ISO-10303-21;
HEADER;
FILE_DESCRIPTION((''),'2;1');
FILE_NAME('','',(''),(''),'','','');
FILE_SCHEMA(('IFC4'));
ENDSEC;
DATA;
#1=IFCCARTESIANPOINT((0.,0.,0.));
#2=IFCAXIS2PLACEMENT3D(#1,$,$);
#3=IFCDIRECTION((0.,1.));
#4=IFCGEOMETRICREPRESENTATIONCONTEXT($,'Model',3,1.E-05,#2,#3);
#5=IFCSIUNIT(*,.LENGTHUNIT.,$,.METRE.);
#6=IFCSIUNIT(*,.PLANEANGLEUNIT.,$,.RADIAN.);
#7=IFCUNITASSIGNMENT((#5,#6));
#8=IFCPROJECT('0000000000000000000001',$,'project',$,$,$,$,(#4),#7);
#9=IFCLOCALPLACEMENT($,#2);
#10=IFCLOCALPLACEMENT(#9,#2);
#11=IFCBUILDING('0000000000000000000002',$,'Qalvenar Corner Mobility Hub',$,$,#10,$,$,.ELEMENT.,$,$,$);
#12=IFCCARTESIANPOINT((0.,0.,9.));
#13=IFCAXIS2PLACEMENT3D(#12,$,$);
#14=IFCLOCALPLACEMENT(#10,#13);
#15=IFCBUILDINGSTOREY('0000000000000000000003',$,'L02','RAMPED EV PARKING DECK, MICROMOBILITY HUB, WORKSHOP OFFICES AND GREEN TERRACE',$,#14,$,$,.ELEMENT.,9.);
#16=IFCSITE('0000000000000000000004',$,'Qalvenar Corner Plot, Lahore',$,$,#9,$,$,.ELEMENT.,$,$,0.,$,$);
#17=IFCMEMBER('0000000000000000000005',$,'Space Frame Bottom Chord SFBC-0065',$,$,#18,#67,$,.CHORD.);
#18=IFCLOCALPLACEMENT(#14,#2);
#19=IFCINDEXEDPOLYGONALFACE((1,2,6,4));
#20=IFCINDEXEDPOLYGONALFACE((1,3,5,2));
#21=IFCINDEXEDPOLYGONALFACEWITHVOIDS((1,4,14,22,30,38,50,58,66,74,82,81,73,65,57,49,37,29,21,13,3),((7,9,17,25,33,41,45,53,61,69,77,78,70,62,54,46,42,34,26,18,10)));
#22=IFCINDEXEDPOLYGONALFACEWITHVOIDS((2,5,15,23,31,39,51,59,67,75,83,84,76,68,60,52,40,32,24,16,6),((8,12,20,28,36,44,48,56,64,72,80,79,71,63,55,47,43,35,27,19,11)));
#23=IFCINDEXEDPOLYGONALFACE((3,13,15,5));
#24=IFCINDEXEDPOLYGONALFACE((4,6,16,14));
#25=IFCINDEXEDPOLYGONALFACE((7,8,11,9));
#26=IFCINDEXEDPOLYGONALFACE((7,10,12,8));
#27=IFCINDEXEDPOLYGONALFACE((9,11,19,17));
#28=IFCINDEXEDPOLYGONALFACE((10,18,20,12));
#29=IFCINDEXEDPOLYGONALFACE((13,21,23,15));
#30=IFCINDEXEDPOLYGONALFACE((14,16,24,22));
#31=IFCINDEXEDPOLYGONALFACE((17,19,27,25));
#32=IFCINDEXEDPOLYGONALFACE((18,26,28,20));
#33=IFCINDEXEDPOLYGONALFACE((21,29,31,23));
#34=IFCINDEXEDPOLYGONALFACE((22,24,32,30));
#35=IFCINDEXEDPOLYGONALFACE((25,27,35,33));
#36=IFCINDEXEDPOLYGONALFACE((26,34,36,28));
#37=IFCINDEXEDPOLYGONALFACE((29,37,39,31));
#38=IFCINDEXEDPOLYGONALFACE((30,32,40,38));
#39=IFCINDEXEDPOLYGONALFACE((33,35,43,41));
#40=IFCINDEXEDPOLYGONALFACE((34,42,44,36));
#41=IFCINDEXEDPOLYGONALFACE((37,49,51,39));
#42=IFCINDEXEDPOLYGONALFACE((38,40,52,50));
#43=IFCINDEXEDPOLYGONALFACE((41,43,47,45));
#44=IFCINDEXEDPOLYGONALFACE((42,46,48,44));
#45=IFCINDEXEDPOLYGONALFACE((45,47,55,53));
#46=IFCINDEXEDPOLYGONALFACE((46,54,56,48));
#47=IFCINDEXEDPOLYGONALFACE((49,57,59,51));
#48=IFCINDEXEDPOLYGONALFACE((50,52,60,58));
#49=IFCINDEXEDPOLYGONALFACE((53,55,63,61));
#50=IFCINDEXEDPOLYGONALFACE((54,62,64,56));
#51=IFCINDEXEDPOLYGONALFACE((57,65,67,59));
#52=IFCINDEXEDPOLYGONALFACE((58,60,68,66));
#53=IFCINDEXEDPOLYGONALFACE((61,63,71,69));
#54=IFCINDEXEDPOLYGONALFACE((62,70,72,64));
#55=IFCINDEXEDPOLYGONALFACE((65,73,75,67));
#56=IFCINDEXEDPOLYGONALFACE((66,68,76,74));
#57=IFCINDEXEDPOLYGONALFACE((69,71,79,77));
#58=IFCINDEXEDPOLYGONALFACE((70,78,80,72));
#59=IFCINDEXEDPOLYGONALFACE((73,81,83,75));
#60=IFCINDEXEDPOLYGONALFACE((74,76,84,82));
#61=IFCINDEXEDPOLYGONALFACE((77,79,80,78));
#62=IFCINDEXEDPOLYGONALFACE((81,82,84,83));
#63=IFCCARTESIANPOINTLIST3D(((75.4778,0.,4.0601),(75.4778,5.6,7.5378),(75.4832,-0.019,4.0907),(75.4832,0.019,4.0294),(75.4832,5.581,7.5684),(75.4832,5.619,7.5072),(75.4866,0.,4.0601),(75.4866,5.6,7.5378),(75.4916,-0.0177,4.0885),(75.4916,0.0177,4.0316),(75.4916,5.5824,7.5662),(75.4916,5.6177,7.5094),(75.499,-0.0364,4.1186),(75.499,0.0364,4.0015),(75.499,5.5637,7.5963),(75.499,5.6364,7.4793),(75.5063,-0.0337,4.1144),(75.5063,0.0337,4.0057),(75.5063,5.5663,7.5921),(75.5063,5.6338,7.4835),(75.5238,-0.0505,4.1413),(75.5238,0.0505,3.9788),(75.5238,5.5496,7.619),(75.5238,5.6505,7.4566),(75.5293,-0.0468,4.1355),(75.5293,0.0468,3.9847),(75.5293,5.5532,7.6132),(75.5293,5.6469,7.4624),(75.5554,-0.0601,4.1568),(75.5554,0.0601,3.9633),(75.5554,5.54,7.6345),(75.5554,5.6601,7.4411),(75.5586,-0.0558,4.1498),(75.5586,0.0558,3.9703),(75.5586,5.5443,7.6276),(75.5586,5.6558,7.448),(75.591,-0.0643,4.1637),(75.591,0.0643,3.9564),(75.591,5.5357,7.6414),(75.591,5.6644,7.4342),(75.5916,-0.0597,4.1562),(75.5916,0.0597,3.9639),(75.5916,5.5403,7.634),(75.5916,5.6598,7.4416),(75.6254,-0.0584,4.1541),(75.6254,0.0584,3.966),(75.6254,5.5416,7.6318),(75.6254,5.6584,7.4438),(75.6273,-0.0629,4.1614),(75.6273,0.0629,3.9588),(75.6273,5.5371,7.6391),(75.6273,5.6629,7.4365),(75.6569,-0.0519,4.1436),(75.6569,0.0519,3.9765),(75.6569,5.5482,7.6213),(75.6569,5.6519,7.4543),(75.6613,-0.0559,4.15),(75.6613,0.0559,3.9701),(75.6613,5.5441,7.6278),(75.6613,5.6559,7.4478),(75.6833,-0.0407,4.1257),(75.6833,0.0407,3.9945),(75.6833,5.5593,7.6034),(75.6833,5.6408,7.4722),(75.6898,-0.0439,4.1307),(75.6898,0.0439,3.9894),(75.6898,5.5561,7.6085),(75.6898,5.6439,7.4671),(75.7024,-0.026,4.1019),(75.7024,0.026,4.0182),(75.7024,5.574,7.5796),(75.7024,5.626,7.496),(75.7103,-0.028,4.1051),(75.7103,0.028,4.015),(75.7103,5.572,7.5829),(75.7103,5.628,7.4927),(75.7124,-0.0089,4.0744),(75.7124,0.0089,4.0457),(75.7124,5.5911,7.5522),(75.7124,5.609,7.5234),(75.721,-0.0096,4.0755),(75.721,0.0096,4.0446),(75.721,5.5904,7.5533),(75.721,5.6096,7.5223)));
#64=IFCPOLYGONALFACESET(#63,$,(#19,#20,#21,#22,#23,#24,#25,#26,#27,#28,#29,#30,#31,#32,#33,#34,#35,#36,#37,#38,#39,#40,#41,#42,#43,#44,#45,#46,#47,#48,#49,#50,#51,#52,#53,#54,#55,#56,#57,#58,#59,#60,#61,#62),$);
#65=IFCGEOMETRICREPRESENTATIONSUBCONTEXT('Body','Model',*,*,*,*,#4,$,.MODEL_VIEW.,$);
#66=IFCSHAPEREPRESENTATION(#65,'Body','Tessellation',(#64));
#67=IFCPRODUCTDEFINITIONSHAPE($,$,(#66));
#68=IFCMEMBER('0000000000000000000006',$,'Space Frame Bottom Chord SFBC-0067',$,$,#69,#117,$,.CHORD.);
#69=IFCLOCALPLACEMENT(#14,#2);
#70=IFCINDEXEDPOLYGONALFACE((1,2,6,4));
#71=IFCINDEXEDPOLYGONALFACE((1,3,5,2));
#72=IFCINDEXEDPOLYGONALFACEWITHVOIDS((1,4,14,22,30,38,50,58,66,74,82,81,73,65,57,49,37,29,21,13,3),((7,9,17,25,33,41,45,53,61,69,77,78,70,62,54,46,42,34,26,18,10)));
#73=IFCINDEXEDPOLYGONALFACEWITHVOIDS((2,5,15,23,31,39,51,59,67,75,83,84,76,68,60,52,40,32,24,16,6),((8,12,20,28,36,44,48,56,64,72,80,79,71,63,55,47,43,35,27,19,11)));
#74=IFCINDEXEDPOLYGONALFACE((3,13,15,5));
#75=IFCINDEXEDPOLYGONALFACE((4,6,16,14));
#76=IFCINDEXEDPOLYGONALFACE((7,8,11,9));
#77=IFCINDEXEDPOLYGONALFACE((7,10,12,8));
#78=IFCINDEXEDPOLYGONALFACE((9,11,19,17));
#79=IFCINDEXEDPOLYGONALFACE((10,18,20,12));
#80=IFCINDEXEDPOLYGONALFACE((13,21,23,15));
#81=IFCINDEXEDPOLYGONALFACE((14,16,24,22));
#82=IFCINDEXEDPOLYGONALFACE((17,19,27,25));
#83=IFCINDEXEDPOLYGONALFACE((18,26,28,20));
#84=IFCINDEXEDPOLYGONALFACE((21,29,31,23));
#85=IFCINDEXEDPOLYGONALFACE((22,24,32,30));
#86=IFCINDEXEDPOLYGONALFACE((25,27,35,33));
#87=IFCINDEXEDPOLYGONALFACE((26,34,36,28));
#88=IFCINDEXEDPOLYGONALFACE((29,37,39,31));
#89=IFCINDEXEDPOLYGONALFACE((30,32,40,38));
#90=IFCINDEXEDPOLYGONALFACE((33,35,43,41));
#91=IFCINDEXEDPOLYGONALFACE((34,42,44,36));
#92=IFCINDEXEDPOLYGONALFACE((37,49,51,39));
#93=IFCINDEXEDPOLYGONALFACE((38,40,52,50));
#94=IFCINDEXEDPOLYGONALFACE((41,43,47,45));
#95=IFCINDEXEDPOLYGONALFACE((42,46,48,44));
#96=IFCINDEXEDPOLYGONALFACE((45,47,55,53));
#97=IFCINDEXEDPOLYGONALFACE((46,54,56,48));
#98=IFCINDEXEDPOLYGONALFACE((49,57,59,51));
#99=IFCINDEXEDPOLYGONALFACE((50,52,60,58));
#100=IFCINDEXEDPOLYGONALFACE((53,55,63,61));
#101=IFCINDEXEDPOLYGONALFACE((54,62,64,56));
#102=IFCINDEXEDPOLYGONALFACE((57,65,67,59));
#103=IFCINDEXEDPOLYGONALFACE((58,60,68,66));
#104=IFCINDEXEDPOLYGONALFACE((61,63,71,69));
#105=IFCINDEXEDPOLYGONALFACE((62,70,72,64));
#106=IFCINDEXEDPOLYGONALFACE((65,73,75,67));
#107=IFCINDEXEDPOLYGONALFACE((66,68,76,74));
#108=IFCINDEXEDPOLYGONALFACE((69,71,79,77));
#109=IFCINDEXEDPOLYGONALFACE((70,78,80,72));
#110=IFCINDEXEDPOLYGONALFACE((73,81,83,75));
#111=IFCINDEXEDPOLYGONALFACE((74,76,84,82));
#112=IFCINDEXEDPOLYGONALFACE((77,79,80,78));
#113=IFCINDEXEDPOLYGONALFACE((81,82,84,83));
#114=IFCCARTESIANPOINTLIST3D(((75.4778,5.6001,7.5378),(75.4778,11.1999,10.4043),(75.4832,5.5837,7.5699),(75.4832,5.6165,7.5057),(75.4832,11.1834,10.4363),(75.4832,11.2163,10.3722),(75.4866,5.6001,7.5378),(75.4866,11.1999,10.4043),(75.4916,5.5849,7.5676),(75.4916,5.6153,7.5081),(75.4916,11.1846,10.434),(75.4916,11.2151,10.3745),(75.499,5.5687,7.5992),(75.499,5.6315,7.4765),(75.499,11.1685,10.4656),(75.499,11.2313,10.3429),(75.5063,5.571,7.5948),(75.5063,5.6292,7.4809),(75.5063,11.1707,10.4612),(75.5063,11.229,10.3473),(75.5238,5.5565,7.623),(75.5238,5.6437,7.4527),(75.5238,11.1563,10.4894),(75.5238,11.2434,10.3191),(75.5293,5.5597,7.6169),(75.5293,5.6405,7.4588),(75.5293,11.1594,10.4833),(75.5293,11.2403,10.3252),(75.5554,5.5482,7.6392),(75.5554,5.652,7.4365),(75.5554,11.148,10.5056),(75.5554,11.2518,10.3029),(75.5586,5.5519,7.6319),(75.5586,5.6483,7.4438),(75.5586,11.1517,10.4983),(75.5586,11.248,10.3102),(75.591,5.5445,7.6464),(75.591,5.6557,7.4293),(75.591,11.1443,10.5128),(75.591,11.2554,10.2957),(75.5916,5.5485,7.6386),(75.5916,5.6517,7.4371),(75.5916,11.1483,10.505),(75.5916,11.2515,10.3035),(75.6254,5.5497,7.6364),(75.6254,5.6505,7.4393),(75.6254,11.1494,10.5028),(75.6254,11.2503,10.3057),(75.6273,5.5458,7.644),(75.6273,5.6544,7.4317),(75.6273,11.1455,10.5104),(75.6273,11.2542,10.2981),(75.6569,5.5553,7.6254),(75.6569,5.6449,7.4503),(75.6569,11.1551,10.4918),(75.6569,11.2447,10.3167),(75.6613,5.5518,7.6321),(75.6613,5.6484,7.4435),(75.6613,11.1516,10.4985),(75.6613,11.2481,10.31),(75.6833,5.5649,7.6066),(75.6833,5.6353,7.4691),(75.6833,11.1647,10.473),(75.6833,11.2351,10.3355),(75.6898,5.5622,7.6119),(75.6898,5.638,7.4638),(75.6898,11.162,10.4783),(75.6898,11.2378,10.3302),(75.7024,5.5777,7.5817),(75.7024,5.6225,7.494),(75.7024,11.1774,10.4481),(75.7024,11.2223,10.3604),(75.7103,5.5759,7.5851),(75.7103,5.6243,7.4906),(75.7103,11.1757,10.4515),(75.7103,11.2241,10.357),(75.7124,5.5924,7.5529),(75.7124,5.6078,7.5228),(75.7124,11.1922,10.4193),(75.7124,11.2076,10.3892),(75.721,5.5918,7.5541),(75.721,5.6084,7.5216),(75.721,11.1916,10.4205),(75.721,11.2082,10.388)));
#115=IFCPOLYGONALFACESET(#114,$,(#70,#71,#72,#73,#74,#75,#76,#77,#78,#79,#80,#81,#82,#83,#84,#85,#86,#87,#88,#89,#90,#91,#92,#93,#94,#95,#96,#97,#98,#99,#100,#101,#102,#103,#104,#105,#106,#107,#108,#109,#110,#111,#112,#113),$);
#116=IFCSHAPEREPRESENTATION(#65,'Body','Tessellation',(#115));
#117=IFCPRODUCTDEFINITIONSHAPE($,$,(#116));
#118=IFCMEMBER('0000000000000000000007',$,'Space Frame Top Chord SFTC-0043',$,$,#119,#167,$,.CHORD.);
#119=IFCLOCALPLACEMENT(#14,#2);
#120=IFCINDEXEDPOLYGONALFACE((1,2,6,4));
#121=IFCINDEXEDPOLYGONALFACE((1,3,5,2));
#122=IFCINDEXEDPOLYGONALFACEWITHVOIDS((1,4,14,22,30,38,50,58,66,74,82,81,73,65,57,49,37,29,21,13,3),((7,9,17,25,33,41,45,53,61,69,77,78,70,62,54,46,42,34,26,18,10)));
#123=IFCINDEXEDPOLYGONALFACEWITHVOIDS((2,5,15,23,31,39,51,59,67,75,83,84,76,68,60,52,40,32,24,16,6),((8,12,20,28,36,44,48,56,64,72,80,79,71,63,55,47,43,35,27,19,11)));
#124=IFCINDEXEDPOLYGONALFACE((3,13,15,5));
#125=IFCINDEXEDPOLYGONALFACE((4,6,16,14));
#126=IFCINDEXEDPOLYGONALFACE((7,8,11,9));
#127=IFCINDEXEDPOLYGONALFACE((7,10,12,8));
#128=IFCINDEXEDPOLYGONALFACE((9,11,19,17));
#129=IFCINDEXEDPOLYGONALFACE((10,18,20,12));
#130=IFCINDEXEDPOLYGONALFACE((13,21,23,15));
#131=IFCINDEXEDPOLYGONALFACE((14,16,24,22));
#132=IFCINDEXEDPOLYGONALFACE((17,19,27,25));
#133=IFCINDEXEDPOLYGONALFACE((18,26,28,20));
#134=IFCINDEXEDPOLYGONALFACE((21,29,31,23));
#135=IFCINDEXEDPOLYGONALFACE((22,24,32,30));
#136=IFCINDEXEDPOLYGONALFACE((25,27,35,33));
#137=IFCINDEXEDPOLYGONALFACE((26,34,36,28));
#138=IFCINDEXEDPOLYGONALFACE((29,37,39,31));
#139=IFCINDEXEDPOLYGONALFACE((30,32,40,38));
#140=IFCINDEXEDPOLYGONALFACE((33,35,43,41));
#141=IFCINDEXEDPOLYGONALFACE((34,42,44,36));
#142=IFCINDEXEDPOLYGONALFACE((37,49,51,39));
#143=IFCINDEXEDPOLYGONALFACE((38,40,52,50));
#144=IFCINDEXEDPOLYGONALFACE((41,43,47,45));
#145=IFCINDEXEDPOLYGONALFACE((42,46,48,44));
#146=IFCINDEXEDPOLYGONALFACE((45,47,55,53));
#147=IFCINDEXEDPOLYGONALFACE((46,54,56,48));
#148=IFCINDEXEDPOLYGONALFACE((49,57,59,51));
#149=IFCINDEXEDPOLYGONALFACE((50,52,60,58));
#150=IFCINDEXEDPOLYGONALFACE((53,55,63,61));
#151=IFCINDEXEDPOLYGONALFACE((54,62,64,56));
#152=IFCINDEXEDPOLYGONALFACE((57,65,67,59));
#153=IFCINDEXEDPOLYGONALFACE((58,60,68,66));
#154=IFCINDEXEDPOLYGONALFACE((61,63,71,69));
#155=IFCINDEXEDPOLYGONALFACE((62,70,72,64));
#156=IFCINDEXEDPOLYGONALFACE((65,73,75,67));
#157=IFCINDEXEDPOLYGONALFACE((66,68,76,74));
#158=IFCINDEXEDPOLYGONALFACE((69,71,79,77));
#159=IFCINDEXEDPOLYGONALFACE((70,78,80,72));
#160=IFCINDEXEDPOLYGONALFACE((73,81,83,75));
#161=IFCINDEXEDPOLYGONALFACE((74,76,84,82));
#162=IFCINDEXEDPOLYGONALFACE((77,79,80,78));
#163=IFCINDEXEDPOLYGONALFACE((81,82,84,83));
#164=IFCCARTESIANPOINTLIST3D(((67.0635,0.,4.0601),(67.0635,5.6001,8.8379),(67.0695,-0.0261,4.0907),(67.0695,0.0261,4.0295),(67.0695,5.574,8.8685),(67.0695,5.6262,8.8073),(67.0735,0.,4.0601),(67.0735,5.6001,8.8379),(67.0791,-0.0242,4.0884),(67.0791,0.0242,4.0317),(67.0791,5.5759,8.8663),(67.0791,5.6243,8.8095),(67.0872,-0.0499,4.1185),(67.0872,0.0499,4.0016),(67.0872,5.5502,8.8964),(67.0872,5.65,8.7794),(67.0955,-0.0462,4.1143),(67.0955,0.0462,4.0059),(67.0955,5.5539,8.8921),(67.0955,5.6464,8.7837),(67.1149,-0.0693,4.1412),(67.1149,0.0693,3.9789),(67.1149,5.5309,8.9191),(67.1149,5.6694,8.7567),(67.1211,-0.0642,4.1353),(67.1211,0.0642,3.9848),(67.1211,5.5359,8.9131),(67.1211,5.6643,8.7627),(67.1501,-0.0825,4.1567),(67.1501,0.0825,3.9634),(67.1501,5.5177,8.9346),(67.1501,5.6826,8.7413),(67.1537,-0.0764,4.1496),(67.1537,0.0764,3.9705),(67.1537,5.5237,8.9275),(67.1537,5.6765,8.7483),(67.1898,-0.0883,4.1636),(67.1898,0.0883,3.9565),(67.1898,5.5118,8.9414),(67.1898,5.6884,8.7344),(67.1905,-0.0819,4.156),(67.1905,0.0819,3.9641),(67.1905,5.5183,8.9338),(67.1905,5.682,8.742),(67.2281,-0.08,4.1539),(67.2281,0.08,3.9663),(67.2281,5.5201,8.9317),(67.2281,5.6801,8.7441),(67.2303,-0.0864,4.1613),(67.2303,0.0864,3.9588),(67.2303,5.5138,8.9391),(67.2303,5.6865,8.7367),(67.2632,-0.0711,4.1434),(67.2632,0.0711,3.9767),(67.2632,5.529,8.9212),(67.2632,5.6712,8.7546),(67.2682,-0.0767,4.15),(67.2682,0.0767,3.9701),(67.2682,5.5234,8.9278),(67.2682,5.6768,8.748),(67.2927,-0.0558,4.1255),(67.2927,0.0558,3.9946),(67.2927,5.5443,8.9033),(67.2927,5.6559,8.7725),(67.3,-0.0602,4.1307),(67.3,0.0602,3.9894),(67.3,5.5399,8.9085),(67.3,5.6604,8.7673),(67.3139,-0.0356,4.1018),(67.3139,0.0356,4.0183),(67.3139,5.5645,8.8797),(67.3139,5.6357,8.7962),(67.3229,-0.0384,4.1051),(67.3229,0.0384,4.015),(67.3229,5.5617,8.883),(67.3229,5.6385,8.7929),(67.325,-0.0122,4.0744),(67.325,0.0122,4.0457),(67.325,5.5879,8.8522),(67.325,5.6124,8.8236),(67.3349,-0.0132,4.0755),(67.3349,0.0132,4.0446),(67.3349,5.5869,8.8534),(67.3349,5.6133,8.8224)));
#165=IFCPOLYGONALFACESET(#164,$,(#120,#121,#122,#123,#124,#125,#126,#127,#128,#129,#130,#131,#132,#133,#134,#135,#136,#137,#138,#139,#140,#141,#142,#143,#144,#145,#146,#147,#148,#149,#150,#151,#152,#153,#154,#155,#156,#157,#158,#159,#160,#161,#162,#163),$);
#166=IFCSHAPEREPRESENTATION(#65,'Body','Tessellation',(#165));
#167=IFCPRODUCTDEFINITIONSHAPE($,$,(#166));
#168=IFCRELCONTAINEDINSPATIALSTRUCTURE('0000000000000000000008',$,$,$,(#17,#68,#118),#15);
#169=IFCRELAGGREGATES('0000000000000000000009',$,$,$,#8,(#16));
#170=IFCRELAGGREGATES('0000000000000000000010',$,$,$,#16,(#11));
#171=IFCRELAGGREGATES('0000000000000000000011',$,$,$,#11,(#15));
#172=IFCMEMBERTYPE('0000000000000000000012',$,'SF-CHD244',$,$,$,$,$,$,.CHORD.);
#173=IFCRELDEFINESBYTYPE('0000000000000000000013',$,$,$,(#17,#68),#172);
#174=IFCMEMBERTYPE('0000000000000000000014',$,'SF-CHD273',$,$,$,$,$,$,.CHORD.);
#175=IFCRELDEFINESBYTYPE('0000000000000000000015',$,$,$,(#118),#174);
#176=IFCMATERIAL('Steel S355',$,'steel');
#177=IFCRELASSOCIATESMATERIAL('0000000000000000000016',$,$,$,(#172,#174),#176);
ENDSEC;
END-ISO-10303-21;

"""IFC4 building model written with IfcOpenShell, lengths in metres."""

from ifc_helpers import new_model, si_unit, direction, frame, origin, origin_2d, place, context, subcontext, project, spatial, hollow_circle, extrude, material, material_profile, profile_set, type_object, element, save


model = new_model("IFC4")

# Units and contexts
model_context = context("Model", 3, precision=1e-05, world=origin(), true_north=direction((0.0, 1.0)))
body_context = subcontext(model_context, "Body", "Model", "MODEL_VIEW")
ifc_project = project(units=[si_unit("LENGTHUNIT", "METRE"), si_unit("PLANEANGLEUNIT", "RADIAN")], contexts=[model_context])

# Site, building, storey
site_placement = place(None, origin())
site = spatial("IfcSite", under=ifc_project, at=site_placement, Name="Qalvenar Corner Plot, Lahore", CompositionType="ELEMENT", RefElevation=0.0)
building_placement = place(site_placement, origin())
building = spatial("IfcBuilding", under=site, at=building_placement, Name="Qalvenar Corner Mobility Hub", CompositionType="ELEMENT")
storey_placement = place(building_placement, frame((0.0, 0.0, 9.0)))
storey = spatial("IfcBuildingStorey", under=building, at=storey_placement, Name="L02", Description="RAMPED EV PARKING DECK, MICROMOBILITY HUB, WORKSHOP OFFICES AND GREEN TERRACE", CompositionType="ELEMENT", Elevation=9.0)

# Members
ifc_material_1 = material(Name="Steel S355", Category="steel")
ifc_material_profile_1 = material_profile(ifc_material_1, hollow_circle(Radius=0.1223, WallThickness=0.0088, at=origin_2d()), Name="CHS244.5x8.8")
ifc_profile_set_1 = profile_set([ifc_material_profile_1], Name="Steel S355")
member_type_1 = type_object("IfcMemberType", Name="SF-CHD244", PredefinedType="CHORD", material=ifc_profile_set_1)
member_1_placement = place(storey_placement, frame((75.6001, 0.0, 4.0601), z_axis=(0.0, 0.849514, 0.527567), x_axis=(-1.0, 0.0, 0.0)))
element("IfcMember", 1, at=member_1_placement, inside=storey, type_object=member_type_1, Name="Space Frame Bottom Chord SFBC-0065", PredefinedType="CHORD", context=body_context, shape_type="SweptSolid", body=[
    extrude(hollow_circle(Radius=0.1223, WallThickness=0.0088, at=origin_2d()), origin(), (0.0, 0.0, 1.0), 6.592),
])
member_2_placement = place(storey_placement, frame((75.6001, 5.6001, 7.5378), z_axis=(0.0, 0.890157, 0.455654), x_axis=(-1.0, 0.0, 0.0)))
element("IfcMember", 2, at=member_2_placement, inside=storey, type_object=member_type_1, Name="Space Frame Bottom Chord SFBC-0067", PredefinedType="CHORD", context=body_context, shape_type="SweptSolid", body=[
    extrude(hollow_circle(Radius=0.1223, WallThickness=0.0088, at=origin_2d()), origin(), (0.0, 0.0, 1.0), 6.2908),
])
ifc_material_profile_2 = material_profile(ifc_material_1, hollow_circle(Radius=0.1365, WallThickness=0.01, at=origin_2d()), Name="CHS273x10")
ifc_profile_set_2 = profile_set([ifc_material_profile_2], Name="Steel S355")
member_type_2 = type_object("IfcMemberType", Name="SF-CHD273", PredefinedType="CHORD", material=ifc_profile_set_2)
for number, where, z_axis, x_axis, name in (
    (3, (67.2, 0.0, 4.0601), (0.0, 0.760748, 0.649047), (-1.0, 0.0, 0.0), "Space Frame Top Chord SFTC-0043"),
):
    element("IfcMember", number, at=place(storey_placement, frame(where, z_axis=z_axis, x_axis=x_axis)), inside=storey, type_object=member_type_2, Name=name, PredefinedType="CHORD", context=body_context, shape_type="SweptSolid", body=[
        extrude(hollow_circle(Radius=0.1365, WallThickness=0.01, at=origin_2d()), origin(), (0.0, 0.0, 1.0), 7.3613),
    ])

save(model, "model.ifc")
